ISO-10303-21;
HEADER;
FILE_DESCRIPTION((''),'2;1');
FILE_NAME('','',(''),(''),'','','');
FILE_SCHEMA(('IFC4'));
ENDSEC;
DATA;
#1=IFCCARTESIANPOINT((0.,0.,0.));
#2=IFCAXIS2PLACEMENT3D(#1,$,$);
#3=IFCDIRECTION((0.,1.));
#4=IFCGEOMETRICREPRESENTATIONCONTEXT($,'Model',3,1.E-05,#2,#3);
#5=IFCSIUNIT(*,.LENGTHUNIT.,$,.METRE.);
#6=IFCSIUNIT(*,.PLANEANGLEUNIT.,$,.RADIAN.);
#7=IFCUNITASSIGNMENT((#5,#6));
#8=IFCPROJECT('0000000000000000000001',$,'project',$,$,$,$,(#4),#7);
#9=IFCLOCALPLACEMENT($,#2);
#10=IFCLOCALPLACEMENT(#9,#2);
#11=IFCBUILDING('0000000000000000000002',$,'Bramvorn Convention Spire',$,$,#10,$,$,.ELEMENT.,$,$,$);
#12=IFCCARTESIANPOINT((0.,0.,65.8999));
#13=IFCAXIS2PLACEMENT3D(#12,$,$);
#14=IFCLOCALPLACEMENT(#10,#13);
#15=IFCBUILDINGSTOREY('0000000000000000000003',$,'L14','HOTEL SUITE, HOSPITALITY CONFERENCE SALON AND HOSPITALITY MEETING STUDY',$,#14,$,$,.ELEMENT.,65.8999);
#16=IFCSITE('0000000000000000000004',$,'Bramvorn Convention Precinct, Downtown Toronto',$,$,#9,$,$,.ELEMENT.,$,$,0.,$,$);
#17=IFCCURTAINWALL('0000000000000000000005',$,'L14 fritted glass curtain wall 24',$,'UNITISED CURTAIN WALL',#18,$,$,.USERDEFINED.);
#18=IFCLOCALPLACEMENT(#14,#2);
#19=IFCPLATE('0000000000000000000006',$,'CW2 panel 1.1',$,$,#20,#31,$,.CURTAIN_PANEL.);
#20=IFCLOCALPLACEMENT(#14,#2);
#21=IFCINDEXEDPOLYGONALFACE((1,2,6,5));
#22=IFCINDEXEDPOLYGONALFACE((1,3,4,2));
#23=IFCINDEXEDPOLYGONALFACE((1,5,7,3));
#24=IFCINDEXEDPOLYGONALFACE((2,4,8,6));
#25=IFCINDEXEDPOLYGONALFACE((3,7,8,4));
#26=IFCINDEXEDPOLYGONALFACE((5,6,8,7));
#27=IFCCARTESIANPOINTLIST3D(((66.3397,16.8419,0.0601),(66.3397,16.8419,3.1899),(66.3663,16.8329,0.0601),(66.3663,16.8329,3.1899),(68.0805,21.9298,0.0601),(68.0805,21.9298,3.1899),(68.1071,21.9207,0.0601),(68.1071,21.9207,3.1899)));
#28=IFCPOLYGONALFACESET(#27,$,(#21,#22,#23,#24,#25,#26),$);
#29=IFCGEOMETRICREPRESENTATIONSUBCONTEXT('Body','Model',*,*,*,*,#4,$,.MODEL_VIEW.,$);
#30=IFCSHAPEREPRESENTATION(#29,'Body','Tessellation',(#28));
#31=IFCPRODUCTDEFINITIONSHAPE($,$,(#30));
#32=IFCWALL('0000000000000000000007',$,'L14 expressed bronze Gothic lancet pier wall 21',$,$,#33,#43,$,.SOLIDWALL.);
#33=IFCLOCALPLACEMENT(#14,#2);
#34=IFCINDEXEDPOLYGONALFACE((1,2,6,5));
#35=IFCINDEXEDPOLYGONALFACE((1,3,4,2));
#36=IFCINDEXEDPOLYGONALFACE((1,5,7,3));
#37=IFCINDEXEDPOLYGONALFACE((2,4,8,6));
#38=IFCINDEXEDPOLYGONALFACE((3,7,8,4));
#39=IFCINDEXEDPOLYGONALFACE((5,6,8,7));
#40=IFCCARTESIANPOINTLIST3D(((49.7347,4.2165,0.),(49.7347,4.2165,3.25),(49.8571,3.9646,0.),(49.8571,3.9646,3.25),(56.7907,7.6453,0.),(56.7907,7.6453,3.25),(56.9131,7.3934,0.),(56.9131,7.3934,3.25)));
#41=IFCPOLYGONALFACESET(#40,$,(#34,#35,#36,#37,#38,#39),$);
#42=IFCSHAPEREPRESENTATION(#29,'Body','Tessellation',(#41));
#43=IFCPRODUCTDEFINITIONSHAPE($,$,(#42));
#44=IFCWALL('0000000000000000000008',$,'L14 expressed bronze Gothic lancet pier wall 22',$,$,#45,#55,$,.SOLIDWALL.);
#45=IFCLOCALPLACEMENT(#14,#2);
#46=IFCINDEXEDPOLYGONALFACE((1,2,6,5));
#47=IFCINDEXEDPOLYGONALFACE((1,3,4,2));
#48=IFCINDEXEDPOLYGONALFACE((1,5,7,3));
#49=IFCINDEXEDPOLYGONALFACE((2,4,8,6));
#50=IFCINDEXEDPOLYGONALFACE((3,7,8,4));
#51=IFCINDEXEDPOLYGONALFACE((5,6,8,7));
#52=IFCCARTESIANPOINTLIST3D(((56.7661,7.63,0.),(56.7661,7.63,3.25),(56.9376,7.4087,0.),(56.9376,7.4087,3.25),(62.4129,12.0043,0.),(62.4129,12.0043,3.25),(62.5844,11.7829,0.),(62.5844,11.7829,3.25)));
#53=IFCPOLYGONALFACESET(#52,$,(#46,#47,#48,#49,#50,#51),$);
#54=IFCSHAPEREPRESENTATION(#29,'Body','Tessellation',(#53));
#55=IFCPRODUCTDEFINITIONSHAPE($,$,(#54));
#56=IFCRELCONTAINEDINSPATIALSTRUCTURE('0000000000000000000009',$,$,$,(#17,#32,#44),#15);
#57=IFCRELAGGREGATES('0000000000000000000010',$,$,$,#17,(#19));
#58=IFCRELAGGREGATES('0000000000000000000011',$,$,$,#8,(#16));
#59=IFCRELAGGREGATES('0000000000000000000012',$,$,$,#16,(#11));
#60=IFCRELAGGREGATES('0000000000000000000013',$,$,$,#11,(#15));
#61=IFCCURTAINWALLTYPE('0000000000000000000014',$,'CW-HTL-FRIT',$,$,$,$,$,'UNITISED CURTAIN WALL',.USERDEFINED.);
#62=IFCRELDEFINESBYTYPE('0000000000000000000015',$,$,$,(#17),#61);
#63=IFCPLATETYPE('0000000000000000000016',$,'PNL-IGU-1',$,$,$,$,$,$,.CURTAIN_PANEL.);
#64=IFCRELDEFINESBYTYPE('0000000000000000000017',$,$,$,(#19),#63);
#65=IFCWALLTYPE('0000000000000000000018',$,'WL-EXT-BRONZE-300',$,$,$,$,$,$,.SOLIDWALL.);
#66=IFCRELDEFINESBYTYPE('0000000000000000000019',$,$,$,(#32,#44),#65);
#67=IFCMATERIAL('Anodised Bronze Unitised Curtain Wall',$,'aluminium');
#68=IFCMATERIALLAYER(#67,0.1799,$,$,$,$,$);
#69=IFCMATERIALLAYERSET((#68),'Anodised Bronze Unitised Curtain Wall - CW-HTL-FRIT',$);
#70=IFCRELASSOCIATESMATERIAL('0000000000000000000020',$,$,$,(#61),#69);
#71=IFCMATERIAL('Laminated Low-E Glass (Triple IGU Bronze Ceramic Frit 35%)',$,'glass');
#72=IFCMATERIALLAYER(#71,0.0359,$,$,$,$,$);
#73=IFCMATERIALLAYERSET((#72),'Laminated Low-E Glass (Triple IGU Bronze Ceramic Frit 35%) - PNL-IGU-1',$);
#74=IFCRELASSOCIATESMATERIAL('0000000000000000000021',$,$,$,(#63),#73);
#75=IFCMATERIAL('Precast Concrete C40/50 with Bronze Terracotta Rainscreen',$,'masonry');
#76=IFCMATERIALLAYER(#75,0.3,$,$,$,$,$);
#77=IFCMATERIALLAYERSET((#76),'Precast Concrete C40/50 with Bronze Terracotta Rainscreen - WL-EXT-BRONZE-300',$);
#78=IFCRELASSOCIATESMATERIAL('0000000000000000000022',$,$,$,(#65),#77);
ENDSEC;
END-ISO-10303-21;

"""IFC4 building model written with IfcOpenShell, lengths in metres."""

from ifc_helpers import new_model, si_unit, direction, frame, frame_2d, origin, origin_2d, place, context, subcontext, project, spatial, rectangle, extrude, material, layer, layer_set, type_object, element, aggregate, save


model = new_model("IFC4")

# Units and contexts
model_context = context("Model", 3, precision=1e-05, world=origin(), true_north=direction((0.0, 1.0)))
body_context = subcontext(model_context, "Body", "Model", "MODEL_VIEW")
ifc_project = project(units=[si_unit("LENGTHUNIT", "METRE"), si_unit("PLANEANGLEUNIT", "RADIAN")], contexts=[model_context])

# Site, building, storey
site_placement = place(None, origin())
site = spatial("IfcSite", under=ifc_project, at=site_placement, Name="Bramvorn Convention Precinct, Downtown Toronto", CompositionType="ELEMENT", RefElevation=0.0)
building_placement = place(site_placement, origin())
building = spatial("IfcBuilding", under=site, at=building_placement, Name="Bramvorn Convention Spire", CompositionType="ELEMENT")
storey_placement = place(building_placement, frame((0.0, 0.0, 65.8999)))
storey = spatial("IfcBuildingStorey", under=building, at=storey_placement, Name="L14", Description="HOTEL SUITE, HOSPITALITY CONFERENCE SALON AND HOSPITALITY MEETING STUDY", CompositionType="ELEMENT", Elevation=65.8999)

# Curtain wall
ifc_material_1 = material(Name="Anodised Bronze Unitised Curtain Wall", Category="aluminium")
ifc_layer_1 = layer(ifc_material_1, 0.1799)
ifc_layer_set_1 = layer_set([ifc_layer_1], Name="Anodised Bronze Unitised Curtain Wall - CW-HTL-FRIT")
curtain_wall_type = type_object("IfcCurtainWallType", Name="CW-HTL-FRIT", ElementType="UNITISED CURTAIN WALL", PredefinedType="USERDEFINED", material=ifc_layer_set_1)
curtain_wall_1_placement = place(storey_placement, origin())
curtain_wall_1 = element("IfcCurtainWall", 1, at=curtain_wall_1_placement, inside=storey, type_object=curtain_wall_type, Name="L14 fritted glass curtain wall 24", ObjectType="UNITISED CURTAIN WALL", PredefinedType="USERDEFINED")

# Plate
ifc_material_2 = material(Name="Laminated Low-E Glass (Triple IGU Bronze Ceramic Frit 35%)", Category="glass")
ifc_layer_2 = layer(ifc_material_2, 0.0359)
ifc_layer_set_2 = layer_set([ifc_layer_2], Name="Laminated Low-E Glass (Triple IGU Bronze Ceramic Frit 35%) - PNL-IGU-1")
plate_type = type_object("IfcPlateType", Name="PNL-IGU-1", PredefinedType="CURTAIN_PANEL", material=ifc_layer_set_2)
plate_1_placement = place(storey_placement, frame((67.2234, 19.3813, 0.0601), z_axis=(0.0, 0.0, 1.0), x_axis=(-0.323716, -0.946154, 0.0)))
plate_1 = element("IfcPlate", 2, at=plate_1_placement, type_object=plate_type, Name="CW2 panel 1.1", PredefinedType="CURTAIN_PANEL", context=body_context, shape_type="SweptSolid", body=[
    extrude(rectangle(XDim=5.3774, YDim=0.0281, at=origin_2d()), origin(), (0.0, 0.0, 1.0), 3.1299),
])
aggregate(curtain_wall_1, [plate_1])

# Walls
ifc_material_3 = material(Name="Precast Concrete C40/50 with Bronze Terracotta Rainscreen", Category="masonry")
ifc_layer_3 = layer(ifc_material_3, 0.3)
ifc_layer_set_3 = layer_set([ifc_layer_3], Name="Precast Concrete C40/50 with Bronze Terracotta Rainscreen - WL-EXT-BRONZE-300")
wall_type = type_object("IfcWallType", Name="WL-EXT-BRONZE-300", PredefinedType="SOLIDWALL", material=ifc_layer_set_3)
wall_1_placement = place(storey_placement, frame((56.8518, 7.5193, 0.0), z_axis=(0.0, 0.0, 1.0), x_axis=(-0.89943, -0.437064, 0.0)))
element("IfcWall", 3, at=wall_1_placement, inside=storey, type_object=wall_type, Name="L14 expressed bronze Gothic lancet pier wall 21", PredefinedType="SOLIDWALL", context=body_context, shape_type="SweptSolid", body=[
    extrude(rectangle(XDim=7.845, YDim=0.28, at=frame_2d((3.9224, 0.0))), origin(), (0.0, 0.0, 1.0), 3.25),
])
wall_2_placement = place(storey_placement, frame((62.4985, 11.8936, 0.0), z_axis=(0.0, 0.0, 1.0), x_axis=(-0.790547, -0.612401, 0.0)))
element("IfcWall", 4, at=wall_2_placement, inside=storey, type_object=wall_type, Name="L14 expressed bronze Gothic lancet pier wall 22", PredefinedType="SOLIDWALL", context=body_context, shape_type="SweptSolid", body=[
    extrude(rectangle(XDim=7.1428, YDim=0.28, at=frame_2d((3.5713, 0.0))), origin(), (0.0, 0.0, 1.0), 3.25),
])

save(model, "model.ifc")
